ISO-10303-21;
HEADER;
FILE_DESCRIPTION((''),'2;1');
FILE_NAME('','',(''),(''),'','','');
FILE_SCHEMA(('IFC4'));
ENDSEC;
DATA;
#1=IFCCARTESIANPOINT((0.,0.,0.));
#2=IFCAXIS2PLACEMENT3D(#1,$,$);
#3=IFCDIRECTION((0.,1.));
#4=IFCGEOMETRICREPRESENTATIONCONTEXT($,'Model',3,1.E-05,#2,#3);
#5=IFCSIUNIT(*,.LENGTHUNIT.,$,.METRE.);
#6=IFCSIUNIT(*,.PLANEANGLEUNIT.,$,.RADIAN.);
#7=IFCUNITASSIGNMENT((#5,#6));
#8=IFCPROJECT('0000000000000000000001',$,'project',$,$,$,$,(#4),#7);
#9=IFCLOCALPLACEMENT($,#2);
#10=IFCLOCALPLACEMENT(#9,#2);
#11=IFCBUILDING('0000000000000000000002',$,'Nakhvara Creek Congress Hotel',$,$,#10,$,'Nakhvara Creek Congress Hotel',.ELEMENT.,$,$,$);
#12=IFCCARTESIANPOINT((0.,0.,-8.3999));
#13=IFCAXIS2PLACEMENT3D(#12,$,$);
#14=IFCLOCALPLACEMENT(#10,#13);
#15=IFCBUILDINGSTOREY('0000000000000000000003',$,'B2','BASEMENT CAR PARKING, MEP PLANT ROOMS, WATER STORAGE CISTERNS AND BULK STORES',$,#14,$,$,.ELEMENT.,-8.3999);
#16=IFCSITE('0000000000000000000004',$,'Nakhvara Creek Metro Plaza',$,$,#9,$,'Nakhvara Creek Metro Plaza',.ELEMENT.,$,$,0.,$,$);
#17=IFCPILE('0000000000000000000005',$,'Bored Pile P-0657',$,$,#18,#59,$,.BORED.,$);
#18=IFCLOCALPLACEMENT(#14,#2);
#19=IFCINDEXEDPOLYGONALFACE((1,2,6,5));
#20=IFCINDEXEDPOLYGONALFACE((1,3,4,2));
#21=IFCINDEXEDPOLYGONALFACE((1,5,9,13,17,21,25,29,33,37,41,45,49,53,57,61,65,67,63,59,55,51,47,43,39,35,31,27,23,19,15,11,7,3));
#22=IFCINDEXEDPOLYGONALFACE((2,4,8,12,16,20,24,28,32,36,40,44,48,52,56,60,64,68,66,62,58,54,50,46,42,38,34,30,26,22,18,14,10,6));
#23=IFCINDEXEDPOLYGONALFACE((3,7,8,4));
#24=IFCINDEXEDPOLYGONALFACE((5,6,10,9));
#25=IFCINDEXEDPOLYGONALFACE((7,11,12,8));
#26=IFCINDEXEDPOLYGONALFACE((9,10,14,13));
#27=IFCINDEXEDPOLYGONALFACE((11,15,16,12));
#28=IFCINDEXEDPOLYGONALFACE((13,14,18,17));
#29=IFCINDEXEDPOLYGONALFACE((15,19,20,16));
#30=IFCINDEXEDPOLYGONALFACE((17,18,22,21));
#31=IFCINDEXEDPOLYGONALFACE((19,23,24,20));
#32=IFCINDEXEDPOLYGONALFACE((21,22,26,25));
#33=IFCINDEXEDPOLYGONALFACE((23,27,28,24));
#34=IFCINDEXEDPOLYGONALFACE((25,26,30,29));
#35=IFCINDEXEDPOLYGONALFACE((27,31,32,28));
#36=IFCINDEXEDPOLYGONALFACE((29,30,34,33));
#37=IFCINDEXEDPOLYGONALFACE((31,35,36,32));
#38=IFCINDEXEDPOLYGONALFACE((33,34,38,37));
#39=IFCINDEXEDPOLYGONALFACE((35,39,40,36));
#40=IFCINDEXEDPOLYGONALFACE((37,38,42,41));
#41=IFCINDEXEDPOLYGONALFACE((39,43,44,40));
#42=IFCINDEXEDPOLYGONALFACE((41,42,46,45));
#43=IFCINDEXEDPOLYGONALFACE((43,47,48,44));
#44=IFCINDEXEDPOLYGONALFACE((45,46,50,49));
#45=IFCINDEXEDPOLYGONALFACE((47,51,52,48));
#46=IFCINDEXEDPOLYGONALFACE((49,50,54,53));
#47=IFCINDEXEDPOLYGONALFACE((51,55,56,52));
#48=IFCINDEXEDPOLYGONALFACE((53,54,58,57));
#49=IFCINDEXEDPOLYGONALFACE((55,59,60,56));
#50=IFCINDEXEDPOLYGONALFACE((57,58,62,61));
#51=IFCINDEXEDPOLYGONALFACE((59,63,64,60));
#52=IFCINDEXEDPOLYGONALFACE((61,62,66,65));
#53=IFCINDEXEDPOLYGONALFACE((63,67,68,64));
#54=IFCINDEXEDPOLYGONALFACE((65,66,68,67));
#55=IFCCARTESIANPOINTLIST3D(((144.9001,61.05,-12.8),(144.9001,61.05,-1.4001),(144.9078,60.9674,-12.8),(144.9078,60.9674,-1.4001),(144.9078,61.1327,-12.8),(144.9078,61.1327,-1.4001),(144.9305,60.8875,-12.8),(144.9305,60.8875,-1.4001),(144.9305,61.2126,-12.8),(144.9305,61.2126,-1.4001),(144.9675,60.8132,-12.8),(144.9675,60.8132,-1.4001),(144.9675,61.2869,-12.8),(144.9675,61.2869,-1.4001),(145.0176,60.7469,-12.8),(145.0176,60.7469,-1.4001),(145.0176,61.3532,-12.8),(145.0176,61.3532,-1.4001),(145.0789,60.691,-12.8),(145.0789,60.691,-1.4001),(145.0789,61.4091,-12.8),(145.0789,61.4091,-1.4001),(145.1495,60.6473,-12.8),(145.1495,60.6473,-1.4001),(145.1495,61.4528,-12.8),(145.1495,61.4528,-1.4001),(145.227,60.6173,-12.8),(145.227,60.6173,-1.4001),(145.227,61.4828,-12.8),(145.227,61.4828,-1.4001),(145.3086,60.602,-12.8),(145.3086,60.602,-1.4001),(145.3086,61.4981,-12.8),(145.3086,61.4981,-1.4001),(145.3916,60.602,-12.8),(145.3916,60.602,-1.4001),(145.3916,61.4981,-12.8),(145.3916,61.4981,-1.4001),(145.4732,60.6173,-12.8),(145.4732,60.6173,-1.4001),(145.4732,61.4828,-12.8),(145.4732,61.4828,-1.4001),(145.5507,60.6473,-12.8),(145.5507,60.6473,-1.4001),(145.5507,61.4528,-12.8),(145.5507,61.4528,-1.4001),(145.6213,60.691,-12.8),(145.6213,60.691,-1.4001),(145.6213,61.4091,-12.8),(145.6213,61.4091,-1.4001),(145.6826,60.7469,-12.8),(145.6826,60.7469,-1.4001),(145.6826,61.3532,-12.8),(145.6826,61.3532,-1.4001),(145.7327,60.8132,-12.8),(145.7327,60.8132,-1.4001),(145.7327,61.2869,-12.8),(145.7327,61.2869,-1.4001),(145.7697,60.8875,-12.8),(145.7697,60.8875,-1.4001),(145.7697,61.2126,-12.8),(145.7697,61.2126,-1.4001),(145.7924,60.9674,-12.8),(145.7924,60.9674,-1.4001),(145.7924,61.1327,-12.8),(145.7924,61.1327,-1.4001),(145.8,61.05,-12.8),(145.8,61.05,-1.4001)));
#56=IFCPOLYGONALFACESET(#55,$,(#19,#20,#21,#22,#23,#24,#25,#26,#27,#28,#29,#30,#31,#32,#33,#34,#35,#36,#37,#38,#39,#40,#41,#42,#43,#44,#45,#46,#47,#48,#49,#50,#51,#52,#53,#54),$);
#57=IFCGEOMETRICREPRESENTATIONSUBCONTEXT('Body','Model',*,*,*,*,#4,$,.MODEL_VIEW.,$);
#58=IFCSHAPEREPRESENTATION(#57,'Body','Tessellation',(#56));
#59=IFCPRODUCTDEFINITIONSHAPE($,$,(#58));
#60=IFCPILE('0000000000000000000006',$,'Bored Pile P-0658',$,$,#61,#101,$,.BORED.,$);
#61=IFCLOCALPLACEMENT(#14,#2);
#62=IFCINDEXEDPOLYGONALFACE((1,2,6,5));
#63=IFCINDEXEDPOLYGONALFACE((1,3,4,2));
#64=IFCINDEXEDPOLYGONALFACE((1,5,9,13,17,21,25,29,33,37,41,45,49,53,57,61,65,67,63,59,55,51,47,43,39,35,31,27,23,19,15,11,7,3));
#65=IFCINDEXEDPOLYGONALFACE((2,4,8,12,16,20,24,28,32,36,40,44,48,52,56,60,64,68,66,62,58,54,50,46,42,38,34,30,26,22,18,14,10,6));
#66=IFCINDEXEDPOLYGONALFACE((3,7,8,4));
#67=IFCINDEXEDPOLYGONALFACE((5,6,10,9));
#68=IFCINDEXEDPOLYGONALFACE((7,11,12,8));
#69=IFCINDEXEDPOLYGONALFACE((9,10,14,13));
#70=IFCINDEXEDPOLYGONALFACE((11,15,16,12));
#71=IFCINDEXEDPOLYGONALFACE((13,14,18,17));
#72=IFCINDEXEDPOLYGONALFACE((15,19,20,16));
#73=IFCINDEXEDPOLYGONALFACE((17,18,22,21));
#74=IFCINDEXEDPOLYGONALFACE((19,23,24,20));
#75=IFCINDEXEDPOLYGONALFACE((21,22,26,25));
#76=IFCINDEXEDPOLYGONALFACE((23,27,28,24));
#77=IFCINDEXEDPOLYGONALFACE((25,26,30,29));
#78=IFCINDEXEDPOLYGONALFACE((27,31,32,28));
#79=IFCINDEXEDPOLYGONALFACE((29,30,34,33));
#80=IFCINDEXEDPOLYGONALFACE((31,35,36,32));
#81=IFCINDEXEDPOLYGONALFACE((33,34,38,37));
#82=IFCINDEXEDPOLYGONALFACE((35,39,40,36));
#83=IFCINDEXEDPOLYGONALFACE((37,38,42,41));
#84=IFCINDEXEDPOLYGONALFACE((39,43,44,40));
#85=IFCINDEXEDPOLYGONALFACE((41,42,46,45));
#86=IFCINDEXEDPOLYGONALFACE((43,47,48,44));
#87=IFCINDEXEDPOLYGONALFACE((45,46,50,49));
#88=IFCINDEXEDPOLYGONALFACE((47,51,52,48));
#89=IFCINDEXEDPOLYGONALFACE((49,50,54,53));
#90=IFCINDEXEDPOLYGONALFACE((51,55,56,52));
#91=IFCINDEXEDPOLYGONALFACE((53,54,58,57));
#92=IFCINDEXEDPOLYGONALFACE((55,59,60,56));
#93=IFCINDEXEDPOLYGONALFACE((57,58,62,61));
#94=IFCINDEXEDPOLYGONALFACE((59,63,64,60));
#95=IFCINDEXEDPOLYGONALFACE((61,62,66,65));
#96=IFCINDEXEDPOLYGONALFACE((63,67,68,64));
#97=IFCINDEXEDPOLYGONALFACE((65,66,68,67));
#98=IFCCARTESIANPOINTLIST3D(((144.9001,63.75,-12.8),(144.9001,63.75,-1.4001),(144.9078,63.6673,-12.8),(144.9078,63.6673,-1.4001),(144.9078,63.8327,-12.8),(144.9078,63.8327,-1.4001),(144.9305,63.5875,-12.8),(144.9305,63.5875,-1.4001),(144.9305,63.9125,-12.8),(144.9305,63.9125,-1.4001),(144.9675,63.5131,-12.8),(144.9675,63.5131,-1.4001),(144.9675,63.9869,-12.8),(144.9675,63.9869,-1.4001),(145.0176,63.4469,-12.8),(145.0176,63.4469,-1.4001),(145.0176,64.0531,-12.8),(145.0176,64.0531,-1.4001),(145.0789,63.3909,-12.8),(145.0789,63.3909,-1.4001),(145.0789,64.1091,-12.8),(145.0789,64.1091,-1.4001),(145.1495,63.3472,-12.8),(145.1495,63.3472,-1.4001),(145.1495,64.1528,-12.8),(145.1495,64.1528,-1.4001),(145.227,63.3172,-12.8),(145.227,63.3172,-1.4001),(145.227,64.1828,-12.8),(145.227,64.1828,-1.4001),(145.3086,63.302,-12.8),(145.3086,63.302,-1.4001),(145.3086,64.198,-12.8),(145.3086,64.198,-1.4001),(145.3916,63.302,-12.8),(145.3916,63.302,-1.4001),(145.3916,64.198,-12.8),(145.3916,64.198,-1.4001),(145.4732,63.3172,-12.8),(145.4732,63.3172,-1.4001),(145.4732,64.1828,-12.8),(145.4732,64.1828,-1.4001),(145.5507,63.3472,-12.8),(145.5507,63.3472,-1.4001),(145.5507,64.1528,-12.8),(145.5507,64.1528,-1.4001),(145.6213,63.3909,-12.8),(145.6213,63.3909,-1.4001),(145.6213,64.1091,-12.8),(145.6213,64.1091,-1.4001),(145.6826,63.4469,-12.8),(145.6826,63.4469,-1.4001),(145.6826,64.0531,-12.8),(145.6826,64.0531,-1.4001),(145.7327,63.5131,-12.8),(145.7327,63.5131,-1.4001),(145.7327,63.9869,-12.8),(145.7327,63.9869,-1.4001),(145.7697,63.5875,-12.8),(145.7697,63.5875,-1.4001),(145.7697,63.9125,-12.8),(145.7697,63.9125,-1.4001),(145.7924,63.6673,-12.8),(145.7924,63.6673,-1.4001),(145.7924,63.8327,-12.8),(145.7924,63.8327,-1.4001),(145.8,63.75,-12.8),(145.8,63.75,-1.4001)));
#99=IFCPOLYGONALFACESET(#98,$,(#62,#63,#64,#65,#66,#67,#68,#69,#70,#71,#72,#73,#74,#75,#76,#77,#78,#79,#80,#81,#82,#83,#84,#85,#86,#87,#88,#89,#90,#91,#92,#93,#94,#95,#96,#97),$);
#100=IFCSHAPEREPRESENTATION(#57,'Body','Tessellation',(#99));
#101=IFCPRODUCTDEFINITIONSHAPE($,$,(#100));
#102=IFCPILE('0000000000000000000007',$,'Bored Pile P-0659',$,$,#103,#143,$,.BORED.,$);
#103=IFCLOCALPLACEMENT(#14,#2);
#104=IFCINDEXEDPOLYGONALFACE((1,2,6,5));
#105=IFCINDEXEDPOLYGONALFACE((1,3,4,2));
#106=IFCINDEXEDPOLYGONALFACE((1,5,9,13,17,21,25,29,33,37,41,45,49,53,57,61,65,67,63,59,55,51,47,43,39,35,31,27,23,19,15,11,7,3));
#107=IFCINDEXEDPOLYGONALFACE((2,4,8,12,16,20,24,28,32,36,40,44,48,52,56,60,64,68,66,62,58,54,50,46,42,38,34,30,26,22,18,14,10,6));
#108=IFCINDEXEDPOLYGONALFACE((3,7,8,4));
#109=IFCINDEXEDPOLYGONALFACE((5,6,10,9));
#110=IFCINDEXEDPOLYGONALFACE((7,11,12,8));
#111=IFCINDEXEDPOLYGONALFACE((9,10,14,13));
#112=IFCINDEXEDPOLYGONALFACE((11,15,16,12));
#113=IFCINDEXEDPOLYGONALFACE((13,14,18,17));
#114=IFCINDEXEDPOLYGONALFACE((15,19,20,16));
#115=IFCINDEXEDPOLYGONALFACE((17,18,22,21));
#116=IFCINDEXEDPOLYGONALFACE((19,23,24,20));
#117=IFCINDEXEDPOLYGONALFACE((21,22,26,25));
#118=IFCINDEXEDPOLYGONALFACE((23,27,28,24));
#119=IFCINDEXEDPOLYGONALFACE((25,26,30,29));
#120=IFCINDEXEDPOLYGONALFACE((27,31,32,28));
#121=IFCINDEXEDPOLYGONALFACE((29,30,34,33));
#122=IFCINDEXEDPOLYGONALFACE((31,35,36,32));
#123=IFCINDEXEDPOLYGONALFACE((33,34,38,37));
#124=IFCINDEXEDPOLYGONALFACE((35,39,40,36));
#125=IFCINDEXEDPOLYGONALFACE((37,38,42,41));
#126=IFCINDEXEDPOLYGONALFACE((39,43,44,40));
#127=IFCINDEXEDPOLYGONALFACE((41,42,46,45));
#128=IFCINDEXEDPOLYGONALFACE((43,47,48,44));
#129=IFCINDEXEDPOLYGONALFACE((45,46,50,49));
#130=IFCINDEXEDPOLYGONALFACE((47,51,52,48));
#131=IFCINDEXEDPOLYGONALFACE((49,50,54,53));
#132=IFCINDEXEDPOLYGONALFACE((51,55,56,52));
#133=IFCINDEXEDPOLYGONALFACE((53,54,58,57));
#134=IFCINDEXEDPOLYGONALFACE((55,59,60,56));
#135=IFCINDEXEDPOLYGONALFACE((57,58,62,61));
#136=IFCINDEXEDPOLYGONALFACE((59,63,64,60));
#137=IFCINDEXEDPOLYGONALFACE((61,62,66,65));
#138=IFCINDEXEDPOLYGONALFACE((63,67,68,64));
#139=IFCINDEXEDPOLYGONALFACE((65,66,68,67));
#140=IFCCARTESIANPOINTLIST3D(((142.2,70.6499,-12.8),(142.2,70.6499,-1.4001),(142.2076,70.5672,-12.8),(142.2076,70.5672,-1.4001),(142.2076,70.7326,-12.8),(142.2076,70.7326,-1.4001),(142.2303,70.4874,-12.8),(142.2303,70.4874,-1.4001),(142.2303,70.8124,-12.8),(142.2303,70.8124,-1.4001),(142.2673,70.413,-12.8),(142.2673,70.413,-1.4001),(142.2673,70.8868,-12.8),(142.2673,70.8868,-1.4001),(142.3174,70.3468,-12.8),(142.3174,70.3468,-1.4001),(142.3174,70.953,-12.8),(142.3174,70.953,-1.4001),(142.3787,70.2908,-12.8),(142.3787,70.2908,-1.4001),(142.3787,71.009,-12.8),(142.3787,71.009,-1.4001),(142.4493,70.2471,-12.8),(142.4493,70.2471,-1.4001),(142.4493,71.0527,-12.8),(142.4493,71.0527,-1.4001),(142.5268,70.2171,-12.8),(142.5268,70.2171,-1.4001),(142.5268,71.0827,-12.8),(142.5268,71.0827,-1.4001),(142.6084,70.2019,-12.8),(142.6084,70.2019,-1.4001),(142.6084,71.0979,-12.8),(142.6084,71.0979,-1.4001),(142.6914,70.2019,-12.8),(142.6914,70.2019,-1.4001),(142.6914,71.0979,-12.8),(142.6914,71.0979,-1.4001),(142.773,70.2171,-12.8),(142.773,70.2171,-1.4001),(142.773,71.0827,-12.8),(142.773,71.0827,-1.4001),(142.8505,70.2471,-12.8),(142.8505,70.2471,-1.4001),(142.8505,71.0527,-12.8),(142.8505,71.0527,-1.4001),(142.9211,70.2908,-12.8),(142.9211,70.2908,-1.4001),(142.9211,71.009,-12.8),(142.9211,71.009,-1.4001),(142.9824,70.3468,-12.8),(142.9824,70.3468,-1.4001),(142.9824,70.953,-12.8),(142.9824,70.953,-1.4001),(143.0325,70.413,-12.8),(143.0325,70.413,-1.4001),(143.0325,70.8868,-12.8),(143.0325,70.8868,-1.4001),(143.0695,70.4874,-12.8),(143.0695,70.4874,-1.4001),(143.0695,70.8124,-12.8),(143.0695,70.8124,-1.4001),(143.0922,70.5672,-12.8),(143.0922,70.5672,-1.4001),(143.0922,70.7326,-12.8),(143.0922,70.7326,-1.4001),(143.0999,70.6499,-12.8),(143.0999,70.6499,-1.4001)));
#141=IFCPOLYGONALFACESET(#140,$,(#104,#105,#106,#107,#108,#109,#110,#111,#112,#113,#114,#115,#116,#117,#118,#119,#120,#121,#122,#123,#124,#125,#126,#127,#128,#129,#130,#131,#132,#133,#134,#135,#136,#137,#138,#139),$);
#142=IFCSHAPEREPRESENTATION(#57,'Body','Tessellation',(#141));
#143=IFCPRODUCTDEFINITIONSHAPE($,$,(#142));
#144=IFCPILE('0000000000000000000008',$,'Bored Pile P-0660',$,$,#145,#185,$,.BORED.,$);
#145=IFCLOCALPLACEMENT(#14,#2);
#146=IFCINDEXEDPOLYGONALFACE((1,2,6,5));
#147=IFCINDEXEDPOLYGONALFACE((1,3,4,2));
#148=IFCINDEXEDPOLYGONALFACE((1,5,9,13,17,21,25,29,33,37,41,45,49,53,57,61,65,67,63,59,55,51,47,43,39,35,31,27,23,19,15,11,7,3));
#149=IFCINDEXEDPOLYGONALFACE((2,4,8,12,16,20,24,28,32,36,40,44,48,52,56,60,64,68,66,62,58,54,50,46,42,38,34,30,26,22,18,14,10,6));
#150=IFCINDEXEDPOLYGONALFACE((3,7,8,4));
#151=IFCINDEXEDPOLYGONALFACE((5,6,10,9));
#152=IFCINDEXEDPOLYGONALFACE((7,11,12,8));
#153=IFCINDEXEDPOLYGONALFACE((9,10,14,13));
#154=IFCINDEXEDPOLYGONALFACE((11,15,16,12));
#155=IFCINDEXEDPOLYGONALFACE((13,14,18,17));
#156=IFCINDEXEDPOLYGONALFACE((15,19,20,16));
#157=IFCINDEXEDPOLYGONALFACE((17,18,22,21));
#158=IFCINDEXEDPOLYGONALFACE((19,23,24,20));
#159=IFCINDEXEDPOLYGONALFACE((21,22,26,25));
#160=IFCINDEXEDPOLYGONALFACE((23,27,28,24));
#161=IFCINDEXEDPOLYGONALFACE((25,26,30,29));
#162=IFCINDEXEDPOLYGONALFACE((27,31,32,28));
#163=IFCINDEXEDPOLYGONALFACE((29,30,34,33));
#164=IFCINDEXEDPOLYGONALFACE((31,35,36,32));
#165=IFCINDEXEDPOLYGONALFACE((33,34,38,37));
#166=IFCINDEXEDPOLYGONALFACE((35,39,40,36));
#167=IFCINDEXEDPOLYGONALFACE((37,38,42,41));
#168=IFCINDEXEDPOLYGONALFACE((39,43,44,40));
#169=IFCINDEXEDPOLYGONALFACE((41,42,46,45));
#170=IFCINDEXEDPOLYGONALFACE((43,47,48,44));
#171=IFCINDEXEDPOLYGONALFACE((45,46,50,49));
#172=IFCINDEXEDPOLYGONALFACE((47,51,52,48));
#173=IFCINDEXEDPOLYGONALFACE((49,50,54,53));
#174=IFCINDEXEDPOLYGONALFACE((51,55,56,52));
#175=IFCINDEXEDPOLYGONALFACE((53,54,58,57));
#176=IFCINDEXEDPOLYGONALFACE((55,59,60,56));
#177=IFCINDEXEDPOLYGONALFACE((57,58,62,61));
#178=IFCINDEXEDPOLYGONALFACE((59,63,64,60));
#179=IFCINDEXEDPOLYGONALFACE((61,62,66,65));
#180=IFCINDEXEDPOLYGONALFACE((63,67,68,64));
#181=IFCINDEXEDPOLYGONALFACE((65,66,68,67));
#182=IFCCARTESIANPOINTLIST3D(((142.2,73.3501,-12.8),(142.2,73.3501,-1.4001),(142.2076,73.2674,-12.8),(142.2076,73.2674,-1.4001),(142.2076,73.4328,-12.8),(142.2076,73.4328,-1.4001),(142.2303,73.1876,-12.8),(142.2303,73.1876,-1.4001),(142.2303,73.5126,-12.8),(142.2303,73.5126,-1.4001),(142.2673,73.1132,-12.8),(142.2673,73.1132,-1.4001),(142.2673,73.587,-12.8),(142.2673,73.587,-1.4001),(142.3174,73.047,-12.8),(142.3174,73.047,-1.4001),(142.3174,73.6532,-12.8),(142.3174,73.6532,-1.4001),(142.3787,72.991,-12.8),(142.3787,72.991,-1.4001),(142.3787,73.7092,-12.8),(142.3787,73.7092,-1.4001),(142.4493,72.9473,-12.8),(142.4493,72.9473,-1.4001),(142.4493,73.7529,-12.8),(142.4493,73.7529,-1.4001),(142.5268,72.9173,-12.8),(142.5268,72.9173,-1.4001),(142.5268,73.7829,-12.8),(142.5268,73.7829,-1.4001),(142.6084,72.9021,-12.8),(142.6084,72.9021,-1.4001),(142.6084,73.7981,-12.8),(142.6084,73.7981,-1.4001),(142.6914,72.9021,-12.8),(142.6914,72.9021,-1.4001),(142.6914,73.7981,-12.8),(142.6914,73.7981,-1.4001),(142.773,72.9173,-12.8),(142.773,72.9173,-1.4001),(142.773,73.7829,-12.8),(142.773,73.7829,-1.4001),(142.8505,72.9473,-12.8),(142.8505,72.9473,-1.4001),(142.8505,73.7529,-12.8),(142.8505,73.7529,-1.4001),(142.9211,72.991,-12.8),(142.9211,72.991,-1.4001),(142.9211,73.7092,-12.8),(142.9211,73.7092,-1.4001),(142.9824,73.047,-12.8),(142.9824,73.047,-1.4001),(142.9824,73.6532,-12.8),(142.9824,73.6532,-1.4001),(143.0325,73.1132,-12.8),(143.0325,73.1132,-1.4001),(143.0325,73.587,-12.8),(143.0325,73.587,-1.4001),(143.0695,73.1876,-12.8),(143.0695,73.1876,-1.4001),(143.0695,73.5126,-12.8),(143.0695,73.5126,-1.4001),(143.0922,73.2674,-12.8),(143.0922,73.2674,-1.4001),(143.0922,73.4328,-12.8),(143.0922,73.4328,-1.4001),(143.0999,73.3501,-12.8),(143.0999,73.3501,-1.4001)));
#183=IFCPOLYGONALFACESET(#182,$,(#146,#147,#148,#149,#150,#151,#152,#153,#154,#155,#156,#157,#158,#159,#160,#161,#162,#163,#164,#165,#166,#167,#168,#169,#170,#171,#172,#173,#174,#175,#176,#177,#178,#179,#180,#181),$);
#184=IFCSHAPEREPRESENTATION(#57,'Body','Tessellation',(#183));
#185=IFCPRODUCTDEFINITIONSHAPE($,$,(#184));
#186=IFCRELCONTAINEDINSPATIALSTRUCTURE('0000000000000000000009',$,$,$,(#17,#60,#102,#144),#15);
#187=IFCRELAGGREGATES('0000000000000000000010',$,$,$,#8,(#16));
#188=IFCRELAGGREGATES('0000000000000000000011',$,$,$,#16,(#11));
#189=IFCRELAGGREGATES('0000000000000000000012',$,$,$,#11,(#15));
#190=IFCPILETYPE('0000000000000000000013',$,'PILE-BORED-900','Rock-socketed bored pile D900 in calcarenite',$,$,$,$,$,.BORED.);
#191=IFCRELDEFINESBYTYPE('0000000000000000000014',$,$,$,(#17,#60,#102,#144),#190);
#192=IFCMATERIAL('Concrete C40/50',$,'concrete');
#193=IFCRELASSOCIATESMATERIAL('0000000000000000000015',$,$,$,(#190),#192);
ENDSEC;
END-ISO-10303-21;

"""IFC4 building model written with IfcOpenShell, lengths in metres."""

from ifc_helpers import new_model, si_unit, direction, frame, origin, origin_2d, place, context, subcontext, project, spatial, circle, extrude, material, material_profile, profile_set, type_object, element, save


model = new_model("IFC4")

# Units and contexts
model_context = context("Model", 3, precision=1e-05, world=origin(), true_north=direction((0.0, 1.0)))
body_context = subcontext(model_context, "Body", "Model", "MODEL_VIEW")
ifc_project = project(units=[si_unit("LENGTHUNIT", "METRE"), si_unit("PLANEANGLEUNIT", "RADIAN")], contexts=[model_context])

# Site, building, storey
site_placement = place(None, origin())
site = spatial("IfcSite", under=ifc_project, at=site_placement, Name="Nakhvara Creek Metro Plaza", LongName="Nakhvara Creek Metro Plaza", CompositionType="ELEMENT", RefElevation=0.0)
building_placement = place(site_placement, origin())
building = spatial("IfcBuilding", under=site, at=building_placement, Name="Nakhvara Creek Congress Hotel", LongName="Nakhvara Creek Congress Hotel", CompositionType="ELEMENT")
storey_placement = place(building_placement, frame((0.0, 0.0, -8.3999)))
storey = spatial("IfcBuildingStorey", under=building, at=storey_placement, Name="B2", Description="BASEMENT CAR PARKING, MEP PLANT ROOMS, WATER STORAGE CISTERNS AND BULK STORES", CompositionType="ELEMENT", Elevation=-8.3999)

# Shared definitions
ifc_material_1 = material(Name="Concrete C40/50", Category="concrete")

# Piles
ifc_material_profile_1 = material_profile(ifc_material_1, circle(Radius=0.45, at=origin_2d()), Name="BORED PILE D900", Category="LoadBearing")
ifc_profile_set_1 = profile_set([ifc_material_profile_1], Name="Concrete C40/50")
pile_type_1 = type_object("IfcPileType", Name="PILE-BORED-900", Description="Rock-socketed bored pile D900 in calcarenite", PredefinedType="BORED", material=ifc_profile_set_1)
for number, where, z_axis, x_axis, name in (
    (1, (145.3501, 61.05, -1.4001), (0.0, 0.0, -1.0), (1.0, 0.0, 0.0), "Bored Pile P-0657"),
    (2, (145.3501, 63.75, -1.4001), (0.0, 0.0, -1.0), (1.0, 0.0, 0.0), "Bored Pile P-0658"),
    (3, (142.6499, 70.6499, -1.4001), (0.0, 0.0, -1.0), (1.0, 0.0, 0.0), "Bored Pile P-0659"),
    (4, (142.6499, 73.3501, -1.4001), (0.0, 0.0, -1.0), (1.0, 0.0, 0.0), "Bored Pile P-0660"),
):
    element("IfcPile", number, at=place(storey_placement, frame(where, z_axis=z_axis, x_axis=x_axis)), inside=storey, type_object=pile_type_1, Name=name, PredefinedType="BORED", context=body_context, shape_type="SweptSolid", body=[
        extrude(circle(Radius=0.45, at=origin_2d()), origin(), (0.0, 0.0, 1.0), 11.3999),
    ])

save(model, "model.ifc")
